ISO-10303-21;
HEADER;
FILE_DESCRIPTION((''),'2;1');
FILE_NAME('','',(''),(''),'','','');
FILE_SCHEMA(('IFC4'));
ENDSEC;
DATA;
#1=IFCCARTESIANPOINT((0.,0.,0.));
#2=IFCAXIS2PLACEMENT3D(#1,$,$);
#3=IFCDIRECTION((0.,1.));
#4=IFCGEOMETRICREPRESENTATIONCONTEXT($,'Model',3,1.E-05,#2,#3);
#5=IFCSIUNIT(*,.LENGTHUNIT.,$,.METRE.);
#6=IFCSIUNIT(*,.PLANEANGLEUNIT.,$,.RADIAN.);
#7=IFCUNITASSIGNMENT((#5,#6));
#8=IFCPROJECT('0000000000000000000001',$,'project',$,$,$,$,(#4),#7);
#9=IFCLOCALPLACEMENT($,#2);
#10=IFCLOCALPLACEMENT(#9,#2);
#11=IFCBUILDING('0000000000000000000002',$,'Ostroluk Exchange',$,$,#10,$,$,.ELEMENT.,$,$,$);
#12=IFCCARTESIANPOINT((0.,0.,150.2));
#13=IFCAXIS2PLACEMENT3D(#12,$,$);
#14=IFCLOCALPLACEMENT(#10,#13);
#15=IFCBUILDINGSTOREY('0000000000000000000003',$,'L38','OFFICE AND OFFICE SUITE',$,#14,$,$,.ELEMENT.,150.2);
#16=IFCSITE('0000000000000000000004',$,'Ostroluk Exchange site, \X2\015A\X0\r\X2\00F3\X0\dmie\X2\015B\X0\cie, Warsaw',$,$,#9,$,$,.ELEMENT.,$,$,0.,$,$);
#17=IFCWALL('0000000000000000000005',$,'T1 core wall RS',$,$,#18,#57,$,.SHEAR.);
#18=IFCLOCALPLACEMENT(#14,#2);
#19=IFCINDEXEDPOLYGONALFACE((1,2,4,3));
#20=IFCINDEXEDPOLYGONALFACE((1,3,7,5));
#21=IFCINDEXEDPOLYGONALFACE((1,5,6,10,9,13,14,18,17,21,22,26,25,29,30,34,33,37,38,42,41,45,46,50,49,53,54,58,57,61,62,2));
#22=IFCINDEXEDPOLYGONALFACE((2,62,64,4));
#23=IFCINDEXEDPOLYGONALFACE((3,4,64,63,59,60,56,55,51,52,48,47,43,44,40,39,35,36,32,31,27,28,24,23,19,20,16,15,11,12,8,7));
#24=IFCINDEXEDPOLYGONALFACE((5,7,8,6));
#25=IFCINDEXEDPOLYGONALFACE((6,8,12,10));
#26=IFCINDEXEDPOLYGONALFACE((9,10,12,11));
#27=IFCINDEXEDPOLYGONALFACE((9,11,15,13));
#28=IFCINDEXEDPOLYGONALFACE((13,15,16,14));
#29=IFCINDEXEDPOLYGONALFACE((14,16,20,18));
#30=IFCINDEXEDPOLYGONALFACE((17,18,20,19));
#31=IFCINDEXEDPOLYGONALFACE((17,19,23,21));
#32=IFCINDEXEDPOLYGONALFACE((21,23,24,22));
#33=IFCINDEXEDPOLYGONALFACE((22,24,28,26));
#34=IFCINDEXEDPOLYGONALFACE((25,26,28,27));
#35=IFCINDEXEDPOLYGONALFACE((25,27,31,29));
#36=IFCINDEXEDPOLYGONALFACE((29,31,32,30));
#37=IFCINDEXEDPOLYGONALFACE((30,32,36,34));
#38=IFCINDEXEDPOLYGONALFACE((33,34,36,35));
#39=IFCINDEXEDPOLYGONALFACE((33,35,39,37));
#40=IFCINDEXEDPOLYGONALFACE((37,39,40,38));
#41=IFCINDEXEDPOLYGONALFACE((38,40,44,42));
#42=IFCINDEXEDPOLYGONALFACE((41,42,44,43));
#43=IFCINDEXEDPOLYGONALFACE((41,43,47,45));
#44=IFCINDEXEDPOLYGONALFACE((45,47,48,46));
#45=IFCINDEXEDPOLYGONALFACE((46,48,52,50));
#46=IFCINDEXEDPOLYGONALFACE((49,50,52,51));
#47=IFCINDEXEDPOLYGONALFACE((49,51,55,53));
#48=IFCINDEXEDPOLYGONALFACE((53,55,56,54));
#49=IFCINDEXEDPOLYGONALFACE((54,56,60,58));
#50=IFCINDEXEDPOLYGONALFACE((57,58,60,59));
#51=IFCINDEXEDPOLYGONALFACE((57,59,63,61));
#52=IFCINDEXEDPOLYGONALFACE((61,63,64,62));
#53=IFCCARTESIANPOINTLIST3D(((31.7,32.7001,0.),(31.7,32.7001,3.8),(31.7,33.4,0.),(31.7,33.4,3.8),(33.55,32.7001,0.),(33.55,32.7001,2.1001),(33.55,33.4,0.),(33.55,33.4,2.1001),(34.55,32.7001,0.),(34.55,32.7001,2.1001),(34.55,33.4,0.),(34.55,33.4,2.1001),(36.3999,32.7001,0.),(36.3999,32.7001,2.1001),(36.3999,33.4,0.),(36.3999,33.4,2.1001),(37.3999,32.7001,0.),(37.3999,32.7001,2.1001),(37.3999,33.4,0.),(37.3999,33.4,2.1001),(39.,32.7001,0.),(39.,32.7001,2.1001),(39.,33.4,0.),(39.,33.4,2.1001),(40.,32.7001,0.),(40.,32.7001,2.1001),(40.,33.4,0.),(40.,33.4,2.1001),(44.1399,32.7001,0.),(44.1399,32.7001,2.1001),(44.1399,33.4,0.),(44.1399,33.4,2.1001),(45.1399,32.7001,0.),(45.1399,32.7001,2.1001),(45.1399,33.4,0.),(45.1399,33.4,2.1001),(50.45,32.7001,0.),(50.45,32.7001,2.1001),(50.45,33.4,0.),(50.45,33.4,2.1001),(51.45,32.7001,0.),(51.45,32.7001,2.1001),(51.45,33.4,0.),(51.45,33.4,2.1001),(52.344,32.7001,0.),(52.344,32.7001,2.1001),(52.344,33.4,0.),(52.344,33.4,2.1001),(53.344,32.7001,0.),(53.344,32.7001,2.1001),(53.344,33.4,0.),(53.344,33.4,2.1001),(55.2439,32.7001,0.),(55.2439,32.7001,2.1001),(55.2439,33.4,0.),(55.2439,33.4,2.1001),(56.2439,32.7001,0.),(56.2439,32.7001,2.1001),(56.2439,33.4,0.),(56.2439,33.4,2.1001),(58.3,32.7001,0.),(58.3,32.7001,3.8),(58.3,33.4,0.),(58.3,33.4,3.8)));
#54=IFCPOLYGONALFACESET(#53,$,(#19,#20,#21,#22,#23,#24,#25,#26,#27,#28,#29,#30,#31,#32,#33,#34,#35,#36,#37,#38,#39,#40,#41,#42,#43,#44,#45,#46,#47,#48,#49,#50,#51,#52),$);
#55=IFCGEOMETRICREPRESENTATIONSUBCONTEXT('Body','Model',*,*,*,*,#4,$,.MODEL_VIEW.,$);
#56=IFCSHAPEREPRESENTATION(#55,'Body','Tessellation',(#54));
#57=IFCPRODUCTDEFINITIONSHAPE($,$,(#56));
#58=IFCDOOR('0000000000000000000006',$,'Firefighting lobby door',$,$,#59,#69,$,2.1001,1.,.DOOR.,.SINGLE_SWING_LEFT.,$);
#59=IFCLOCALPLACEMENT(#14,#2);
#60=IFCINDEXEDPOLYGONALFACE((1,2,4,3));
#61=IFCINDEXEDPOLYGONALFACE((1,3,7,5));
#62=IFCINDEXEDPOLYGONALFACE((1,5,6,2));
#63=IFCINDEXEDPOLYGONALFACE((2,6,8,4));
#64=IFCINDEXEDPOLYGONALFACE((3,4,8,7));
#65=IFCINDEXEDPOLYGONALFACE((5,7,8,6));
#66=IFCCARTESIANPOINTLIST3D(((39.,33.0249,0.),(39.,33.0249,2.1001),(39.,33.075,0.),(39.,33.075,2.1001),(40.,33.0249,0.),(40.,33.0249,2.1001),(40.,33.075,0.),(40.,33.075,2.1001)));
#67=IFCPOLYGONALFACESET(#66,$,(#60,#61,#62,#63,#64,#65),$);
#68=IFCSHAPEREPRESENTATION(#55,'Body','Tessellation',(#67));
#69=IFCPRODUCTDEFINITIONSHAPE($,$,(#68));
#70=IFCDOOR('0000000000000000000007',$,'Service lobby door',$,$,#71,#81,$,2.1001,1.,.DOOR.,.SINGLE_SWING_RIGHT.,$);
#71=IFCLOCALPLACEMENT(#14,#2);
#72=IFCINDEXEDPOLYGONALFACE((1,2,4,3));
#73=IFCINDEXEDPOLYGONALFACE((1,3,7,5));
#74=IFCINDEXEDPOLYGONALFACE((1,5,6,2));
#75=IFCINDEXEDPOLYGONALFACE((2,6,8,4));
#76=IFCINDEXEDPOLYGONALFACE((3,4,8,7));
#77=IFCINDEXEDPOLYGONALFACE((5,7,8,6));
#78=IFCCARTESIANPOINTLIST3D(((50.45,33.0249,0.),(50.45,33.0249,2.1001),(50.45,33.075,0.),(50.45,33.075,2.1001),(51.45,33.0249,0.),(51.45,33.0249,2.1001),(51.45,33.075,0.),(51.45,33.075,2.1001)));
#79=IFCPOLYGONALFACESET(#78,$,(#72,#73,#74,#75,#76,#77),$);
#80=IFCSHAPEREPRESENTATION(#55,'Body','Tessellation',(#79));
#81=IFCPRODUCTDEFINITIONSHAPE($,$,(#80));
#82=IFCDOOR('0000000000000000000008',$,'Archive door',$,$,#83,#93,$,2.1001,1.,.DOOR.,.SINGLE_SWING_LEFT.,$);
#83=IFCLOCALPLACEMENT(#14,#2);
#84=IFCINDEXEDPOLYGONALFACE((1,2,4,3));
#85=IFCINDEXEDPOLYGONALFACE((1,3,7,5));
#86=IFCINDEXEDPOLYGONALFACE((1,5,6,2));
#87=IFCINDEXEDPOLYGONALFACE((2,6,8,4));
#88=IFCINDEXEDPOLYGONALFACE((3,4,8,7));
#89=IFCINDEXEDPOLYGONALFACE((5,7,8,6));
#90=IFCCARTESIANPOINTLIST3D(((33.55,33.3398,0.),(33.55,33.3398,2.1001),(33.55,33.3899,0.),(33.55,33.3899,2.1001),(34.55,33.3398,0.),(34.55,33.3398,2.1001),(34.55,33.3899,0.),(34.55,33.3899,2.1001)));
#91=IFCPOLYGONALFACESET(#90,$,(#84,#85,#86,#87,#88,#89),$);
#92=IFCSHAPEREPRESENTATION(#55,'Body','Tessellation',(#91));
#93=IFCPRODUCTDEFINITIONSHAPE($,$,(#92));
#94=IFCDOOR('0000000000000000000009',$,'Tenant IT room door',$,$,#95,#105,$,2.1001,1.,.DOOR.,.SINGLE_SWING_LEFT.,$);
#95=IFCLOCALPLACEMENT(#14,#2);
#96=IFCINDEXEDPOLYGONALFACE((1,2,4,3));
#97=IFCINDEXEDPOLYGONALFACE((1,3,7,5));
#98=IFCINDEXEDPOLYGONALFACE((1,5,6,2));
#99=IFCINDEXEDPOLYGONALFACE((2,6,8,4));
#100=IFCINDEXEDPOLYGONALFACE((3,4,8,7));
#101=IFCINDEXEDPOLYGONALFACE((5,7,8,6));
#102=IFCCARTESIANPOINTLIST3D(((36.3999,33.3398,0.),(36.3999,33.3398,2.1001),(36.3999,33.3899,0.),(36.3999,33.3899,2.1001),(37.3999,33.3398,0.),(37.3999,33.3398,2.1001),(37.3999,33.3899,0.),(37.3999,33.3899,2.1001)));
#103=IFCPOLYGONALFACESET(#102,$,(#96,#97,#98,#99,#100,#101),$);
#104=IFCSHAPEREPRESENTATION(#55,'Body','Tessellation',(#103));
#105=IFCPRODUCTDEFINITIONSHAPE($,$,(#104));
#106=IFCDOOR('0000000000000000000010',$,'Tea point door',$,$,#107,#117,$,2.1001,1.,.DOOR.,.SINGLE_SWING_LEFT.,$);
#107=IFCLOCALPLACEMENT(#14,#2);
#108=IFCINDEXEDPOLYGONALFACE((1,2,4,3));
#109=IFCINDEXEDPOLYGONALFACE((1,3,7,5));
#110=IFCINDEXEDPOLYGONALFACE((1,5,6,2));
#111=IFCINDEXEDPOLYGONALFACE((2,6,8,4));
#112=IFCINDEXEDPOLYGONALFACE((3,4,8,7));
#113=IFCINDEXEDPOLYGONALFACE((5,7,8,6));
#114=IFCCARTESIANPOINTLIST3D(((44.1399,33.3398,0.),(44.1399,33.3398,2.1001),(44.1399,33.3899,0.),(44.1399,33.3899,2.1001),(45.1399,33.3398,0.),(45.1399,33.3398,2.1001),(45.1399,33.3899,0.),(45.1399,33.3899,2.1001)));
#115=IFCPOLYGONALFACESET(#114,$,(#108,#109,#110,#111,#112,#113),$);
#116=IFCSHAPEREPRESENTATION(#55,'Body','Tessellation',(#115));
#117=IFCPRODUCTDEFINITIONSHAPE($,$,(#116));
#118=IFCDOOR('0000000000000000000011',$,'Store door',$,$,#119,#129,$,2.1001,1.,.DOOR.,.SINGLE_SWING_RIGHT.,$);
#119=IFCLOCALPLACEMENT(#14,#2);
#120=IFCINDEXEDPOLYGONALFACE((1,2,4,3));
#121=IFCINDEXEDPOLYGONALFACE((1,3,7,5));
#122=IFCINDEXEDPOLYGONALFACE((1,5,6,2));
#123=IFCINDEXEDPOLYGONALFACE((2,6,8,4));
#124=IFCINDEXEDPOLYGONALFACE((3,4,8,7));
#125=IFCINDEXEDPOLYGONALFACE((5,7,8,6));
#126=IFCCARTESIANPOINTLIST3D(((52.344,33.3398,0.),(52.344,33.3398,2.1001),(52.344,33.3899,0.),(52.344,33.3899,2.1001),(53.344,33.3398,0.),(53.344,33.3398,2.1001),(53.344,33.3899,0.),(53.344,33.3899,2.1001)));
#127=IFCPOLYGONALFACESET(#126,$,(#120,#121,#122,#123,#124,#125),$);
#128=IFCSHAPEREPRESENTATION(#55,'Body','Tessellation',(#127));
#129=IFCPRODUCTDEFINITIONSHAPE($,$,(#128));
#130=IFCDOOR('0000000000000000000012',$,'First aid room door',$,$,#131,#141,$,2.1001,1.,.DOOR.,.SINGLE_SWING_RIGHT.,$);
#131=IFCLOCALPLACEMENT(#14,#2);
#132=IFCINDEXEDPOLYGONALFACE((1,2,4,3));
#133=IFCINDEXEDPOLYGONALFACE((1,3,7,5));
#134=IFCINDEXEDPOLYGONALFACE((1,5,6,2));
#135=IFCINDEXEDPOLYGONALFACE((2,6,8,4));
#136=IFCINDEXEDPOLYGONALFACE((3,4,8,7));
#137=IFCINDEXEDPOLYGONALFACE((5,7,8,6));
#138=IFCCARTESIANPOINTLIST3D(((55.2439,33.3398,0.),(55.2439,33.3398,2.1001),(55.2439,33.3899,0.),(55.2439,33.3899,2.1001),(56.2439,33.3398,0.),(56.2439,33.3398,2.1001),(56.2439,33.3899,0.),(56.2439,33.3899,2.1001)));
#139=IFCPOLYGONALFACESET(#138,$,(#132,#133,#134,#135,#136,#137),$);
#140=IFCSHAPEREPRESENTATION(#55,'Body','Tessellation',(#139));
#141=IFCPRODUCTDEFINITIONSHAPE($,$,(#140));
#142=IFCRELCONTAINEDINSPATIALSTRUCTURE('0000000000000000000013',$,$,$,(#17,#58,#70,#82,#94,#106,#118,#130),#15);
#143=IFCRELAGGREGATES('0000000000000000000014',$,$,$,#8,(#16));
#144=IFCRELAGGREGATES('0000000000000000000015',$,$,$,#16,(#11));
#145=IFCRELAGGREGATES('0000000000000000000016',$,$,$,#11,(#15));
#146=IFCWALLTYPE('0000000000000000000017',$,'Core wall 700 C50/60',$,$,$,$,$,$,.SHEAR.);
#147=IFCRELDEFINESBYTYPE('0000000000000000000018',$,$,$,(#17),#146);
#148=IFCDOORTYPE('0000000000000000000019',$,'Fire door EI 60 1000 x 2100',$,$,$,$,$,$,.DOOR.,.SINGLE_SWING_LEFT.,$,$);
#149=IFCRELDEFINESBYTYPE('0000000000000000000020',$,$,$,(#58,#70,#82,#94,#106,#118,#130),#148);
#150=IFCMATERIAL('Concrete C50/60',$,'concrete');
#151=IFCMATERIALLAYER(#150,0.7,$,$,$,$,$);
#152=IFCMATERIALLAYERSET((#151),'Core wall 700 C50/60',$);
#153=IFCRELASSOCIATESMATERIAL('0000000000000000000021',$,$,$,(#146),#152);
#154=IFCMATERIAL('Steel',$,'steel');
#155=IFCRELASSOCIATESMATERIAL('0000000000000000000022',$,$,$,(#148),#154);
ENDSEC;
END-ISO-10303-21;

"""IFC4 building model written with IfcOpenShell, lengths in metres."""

from ifc_helpers import new_model, si_unit, direction, frame, frame_2d, origin, place, context, subcontext, project, spatial, rectangle, extrude, material, layer, layer_set, type_object, element, fill, save


model = new_model("IFC4")

# Units and contexts
model_context = context("Model", 3, precision=1e-05, world=origin(), true_north=direction((0.0, 1.0)))
body_context = subcontext(model_context, "Body", "Model", "MODEL_VIEW")
ifc_project = project(units=[si_unit("LENGTHUNIT", "METRE"), si_unit("PLANEANGLEUNIT", "RADIAN")], contexts=[model_context])

# Site, building, storey
site_placement = place(None, origin())
site = spatial("IfcSite", under=ifc_project, at=site_placement, Name="Ostroluk Exchange site, Śródmieście, Warsaw", CompositionType="ELEMENT", RefElevation=0.0)
building_placement = place(site_placement, origin())
building = spatial("IfcBuilding", under=site, at=building_placement, Name="Ostroluk Exchange", CompositionType="ELEMENT")
storey_placement = place(building_placement, frame((0.0, 0.0, 150.2)))
storey = spatial("IfcBuildingStorey", under=building, at=storey_placement, Name="L38", Description="OFFICE AND OFFICE SUITE", CompositionType="ELEMENT", Elevation=150.2)

# Wall, openings, doors
ifc_material_1 = material(Name="Concrete C50/60", Category="concrete")
ifc_layer_1 = layer(ifc_material_1, 0.7)
ifc_layer_set_1 = layer_set([ifc_layer_1], Name="Core wall 700 C50/60")
wall_type_1 = type_object("IfcWallType", Name="Core wall 700 C50/60", PredefinedType="SHEAR", material=ifc_layer_set_1)
wall_1_placement = place(storey_placement, frame((31.7, 33.05, 0.0), z_axis=(0.0, 0.0, 1.0), x_axis=(1.0, 0.0, 0.0)))
wall_1 = element("IfcWall", 1, at=wall_1_placement, inside=storey, type_object=wall_type_1, Name="T1 core wall RS", PredefinedType="SHEAR", context=body_context, shape_type="SweptSolid", body=[
    extrude(rectangle(XDim=26.6001, YDim=0.7, at=frame_2d((13.3, 0.0))), origin(), (0.0, 0.0, 1.0), 3.8),
])
opening_1_placement = place(wall_1_placement, frame((7.3, 0.0, 0.0)))
opening_1 = element("IfcOpeningElement", 2, at=opening_1_placement, cuts=wall_1, PredefinedType="OPENING", context=body_context, shape_type="SweptSolid", body=[
    extrude(rectangle(XDim=1.0, YDim=2.1001, at=frame_2d((0.5, 1.05))), frame((0.0, 0.3599, 0.0), z_axis=(0.0, -1.0, 0.0), x_axis=(1.0, 0.0, 0.0)), (0.0, 0.0, 1.0), 0.72),
])
opening_2_placement = place(wall_1_placement, frame((18.75, 0.0, 0.0)))
opening_2 = element("IfcOpeningElement", 3, at=opening_2_placement, cuts=wall_1, PredefinedType="OPENING", context=body_context, shape_type="SweptSolid", body=[
    extrude(rectangle(XDim=1.0, YDim=2.1001, at=frame_2d((0.5, 1.05))), frame((0.0, 0.3599, 0.0), z_axis=(0.0, -1.0, 0.0), x_axis=(1.0, 0.0, 0.0)), (0.0, 0.0, 1.0), 0.72),
])
opening_3_placement = place(wall_1_placement, frame((1.8501, 0.0, 0.0)))
opening_3 = element("IfcOpeningElement", 4, at=opening_3_placement, cuts=wall_1, PredefinedType="OPENING", context=body_context, shape_type="SweptSolid", body=[
    extrude(rectangle(XDim=1.0, YDim=2.1001, at=frame_2d((0.5, 1.05))), frame((0.0, 0.3599, 0.0), z_axis=(0.0, -1.0, 0.0), x_axis=(1.0, 0.0, 0.0)), (0.0, 0.0, 1.0), 0.72),
])
opening_4_placement = place(wall_1_placement, frame((4.7, 0.0, 0.0)))
opening_4 = element("IfcOpeningElement", 5, at=opening_4_placement, cuts=wall_1, PredefinedType="OPENING", context=body_context, shape_type="SweptSolid", body=[
    extrude(rectangle(XDim=1.0, YDim=2.1001, at=frame_2d((0.5, 1.05))), frame((0.0, 0.3599, 0.0), z_axis=(0.0, -1.0, 0.0), x_axis=(1.0, 0.0, 0.0)), (0.0, 0.0, 1.0), 0.72),
])
opening_5_placement = place(wall_1_placement, frame((12.4399, 0.0, 0.0)))
opening_5 = element("IfcOpeningElement", 6, at=opening_5_placement, cuts=wall_1, PredefinedType="OPENING", context=body_context, shape_type="SweptSolid", body=[
    extrude(rectangle(XDim=1.0, YDim=2.1001, at=frame_2d((0.5, 1.05))), frame((0.0, 0.3599, 0.0), z_axis=(0.0, -1.0, 0.0), x_axis=(1.0, 0.0, 0.0)), (0.0, 0.0, 1.0), 0.72),
])
opening_6_placement = place(wall_1_placement, frame((20.644, 0.0, 0.0)))
opening_6 = element("IfcOpeningElement", 7, at=opening_6_placement, cuts=wall_1, PredefinedType="OPENING", context=body_context, shape_type="SweptSolid", body=[
    extrude(rectangle(XDim=1.0, YDim=2.1001, at=frame_2d((0.5, 1.05))), frame((0.0, 0.3599, 0.0), z_axis=(0.0, -1.0, 0.0), x_axis=(1.0, 0.0, 0.0)), (0.0, 0.0, 1.0), 0.72),
])
opening_7_placement = place(wall_1_placement, frame((23.5439, 0.0, 0.0)))
opening_7 = element("IfcOpeningElement", 8, at=opening_7_placement, cuts=wall_1, PredefinedType="OPENING", context=body_context, shape_type="SweptSolid", body=[
    extrude(rectangle(XDim=1.0, YDim=2.1001, at=frame_2d((0.5, 1.05))), frame((0.0, 0.3599, 0.0), z_axis=(0.0, -1.0, 0.0), x_axis=(1.0, 0.0, 0.0)), (0.0, 0.0, 1.0), 0.72),
])
ifc_material_2 = material(Name="Steel", Category="steel")
door_type_1 = type_object("IfcDoorType", Name="Fire door EI 60 1000 x 2100", OperationType="SINGLE_SWING_LEFT", PredefinedType="DOOR", material=ifc_material_2)
door_1_placement = place(opening_1_placement, origin())
door_1 = element("IfcDoor", 9, at=door_1_placement, inside=storey, type_object=door_type_1, Name="Firefighting lobby door", OperationType="SINGLE_SWING_LEFT", OverallHeight=2.1001, OverallWidth=1.0, PredefinedType="DOOR", context=body_context, shape_type="SweptSolid", body=[
    extrude(rectangle(XDim=1.0, YDim=2.1001, at=frame_2d((0.5, 1.05))), frame((0.0, 0.0249, 0.0), z_axis=(0.0, -1.0, 0.0), x_axis=(1.0, 0.0, 0.0)), (0.0, 0.0, 1.0), 0.05),
])
fill(opening_1, door_1)
door_2_placement = place(opening_2_placement, origin())
door_2 = element("IfcDoor", 10, at=door_2_placement, inside=storey, type_object=door_type_1, Name="Service lobby door", OperationType="SINGLE_SWING_RIGHT", OverallHeight=2.1001, OverallWidth=1.0, PredefinedType="DOOR", context=body_context, shape_type="SweptSolid", body=[
    extrude(rectangle(XDim=1.0, YDim=2.1001, at=frame_2d((0.5, 1.05))), frame((0.0, 0.0249, 0.0), z_axis=(0.0, -1.0, 0.0), x_axis=(1.0, 0.0, 0.0)), (0.0, 0.0, 1.0), 0.05),
])
fill(opening_2, door_2)
door_3_placement = place(opening_3_placement, origin())
door_3 = element("IfcDoor", 11, at=door_3_placement, inside=storey, type_object=door_type_1, Name="Archive door", OperationType="SINGLE_SWING_LEFT", OverallHeight=2.1001, OverallWidth=1.0, PredefinedType="DOOR", context=body_context, shape_type="SweptSolid", body=[
    extrude(rectangle(XDim=1.0, YDim=2.1001, at=frame_2d((0.5, 1.05))), frame((0.0, 0.3398, 0.0), z_axis=(0.0, -1.0, 0.0), x_axis=(1.0, 0.0, 0.0)), (0.0, 0.0, 1.0), 0.05),
])
fill(opening_3, door_3)
door_4_placement = place(opening_4_placement, origin())
door_4 = element("IfcDoor", 12, at=door_4_placement, inside=storey, type_object=door_type_1, Name="Tenant IT room door", OperationType="SINGLE_SWING_LEFT", OverallHeight=2.1001, OverallWidth=1.0, PredefinedType="DOOR", context=body_context, shape_type="SweptSolid", body=[
    extrude(rectangle(XDim=1.0, YDim=2.1001, at=frame_2d((0.5, 1.05))), frame((0.0, 0.3398, 0.0), z_axis=(0.0, -1.0, 0.0), x_axis=(1.0, 0.0, 0.0)), (0.0, 0.0, 1.0), 0.05),
])
fill(opening_4, door_4)
door_5_placement = place(opening_5_placement, origin())
door_5 = element("IfcDoor", 13, at=door_5_placement, inside=storey, type_object=door_type_1, Name="Tea point door", OperationType="SINGLE_SWING_LEFT", OverallHeight=2.1001, OverallWidth=1.0, PredefinedType="DOOR", context=body_context, shape_type="SweptSolid", body=[
    extrude(rectangle(XDim=1.0, YDim=2.1001, at=frame_2d((0.5, 1.05))), frame((0.0, 0.3398, 0.0), z_axis=(0.0, -1.0, 0.0), x_axis=(1.0, 0.0, 0.0)), (0.0, 0.0, 1.0), 0.05),
])
fill(opening_5, door_5)
door_6_placement = place(opening_6_placement, origin())
door_6 = element("IfcDoor", 14, at=door_6_placement, inside=storey, type_object=door_type_1, Name="Store door", OperationType="SINGLE_SWING_RIGHT", OverallHeight=2.1001, OverallWidth=1.0, PredefinedType="DOOR", context=body_context, shape_type="SweptSolid", body=[
    extrude(rectangle(XDim=1.0, YDim=2.1001, at=frame_2d((0.5, 1.05))), frame((0.0, 0.3398, 0.0), z_axis=(0.0, -1.0, 0.0), x_axis=(1.0, 0.0, 0.0)), (0.0, 0.0, 1.0), 0.05),
])
fill(opening_6, door_6)
door_7_placement = place(opening_7_placement, origin())
door_7 = element("IfcDoor", 15, at=door_7_placement, inside=storey, type_object=door_type_1, Name="First aid room door", OperationType="SINGLE_SWING_RIGHT", OverallHeight=2.1001, OverallWidth=1.0, PredefinedType="DOOR", context=body_context, shape_type="SweptSolid", body=[
    extrude(rectangle(XDim=1.0, YDim=2.1001, at=frame_2d((0.5, 1.05))), frame((0.0, 0.3398, 0.0), z_axis=(0.0, -1.0, 0.0), x_axis=(1.0, 0.0, 0.0)), (0.0, 0.0, 1.0), 0.05),
])
fill(opening_7, door_7)

save(model, "model.ifc")
